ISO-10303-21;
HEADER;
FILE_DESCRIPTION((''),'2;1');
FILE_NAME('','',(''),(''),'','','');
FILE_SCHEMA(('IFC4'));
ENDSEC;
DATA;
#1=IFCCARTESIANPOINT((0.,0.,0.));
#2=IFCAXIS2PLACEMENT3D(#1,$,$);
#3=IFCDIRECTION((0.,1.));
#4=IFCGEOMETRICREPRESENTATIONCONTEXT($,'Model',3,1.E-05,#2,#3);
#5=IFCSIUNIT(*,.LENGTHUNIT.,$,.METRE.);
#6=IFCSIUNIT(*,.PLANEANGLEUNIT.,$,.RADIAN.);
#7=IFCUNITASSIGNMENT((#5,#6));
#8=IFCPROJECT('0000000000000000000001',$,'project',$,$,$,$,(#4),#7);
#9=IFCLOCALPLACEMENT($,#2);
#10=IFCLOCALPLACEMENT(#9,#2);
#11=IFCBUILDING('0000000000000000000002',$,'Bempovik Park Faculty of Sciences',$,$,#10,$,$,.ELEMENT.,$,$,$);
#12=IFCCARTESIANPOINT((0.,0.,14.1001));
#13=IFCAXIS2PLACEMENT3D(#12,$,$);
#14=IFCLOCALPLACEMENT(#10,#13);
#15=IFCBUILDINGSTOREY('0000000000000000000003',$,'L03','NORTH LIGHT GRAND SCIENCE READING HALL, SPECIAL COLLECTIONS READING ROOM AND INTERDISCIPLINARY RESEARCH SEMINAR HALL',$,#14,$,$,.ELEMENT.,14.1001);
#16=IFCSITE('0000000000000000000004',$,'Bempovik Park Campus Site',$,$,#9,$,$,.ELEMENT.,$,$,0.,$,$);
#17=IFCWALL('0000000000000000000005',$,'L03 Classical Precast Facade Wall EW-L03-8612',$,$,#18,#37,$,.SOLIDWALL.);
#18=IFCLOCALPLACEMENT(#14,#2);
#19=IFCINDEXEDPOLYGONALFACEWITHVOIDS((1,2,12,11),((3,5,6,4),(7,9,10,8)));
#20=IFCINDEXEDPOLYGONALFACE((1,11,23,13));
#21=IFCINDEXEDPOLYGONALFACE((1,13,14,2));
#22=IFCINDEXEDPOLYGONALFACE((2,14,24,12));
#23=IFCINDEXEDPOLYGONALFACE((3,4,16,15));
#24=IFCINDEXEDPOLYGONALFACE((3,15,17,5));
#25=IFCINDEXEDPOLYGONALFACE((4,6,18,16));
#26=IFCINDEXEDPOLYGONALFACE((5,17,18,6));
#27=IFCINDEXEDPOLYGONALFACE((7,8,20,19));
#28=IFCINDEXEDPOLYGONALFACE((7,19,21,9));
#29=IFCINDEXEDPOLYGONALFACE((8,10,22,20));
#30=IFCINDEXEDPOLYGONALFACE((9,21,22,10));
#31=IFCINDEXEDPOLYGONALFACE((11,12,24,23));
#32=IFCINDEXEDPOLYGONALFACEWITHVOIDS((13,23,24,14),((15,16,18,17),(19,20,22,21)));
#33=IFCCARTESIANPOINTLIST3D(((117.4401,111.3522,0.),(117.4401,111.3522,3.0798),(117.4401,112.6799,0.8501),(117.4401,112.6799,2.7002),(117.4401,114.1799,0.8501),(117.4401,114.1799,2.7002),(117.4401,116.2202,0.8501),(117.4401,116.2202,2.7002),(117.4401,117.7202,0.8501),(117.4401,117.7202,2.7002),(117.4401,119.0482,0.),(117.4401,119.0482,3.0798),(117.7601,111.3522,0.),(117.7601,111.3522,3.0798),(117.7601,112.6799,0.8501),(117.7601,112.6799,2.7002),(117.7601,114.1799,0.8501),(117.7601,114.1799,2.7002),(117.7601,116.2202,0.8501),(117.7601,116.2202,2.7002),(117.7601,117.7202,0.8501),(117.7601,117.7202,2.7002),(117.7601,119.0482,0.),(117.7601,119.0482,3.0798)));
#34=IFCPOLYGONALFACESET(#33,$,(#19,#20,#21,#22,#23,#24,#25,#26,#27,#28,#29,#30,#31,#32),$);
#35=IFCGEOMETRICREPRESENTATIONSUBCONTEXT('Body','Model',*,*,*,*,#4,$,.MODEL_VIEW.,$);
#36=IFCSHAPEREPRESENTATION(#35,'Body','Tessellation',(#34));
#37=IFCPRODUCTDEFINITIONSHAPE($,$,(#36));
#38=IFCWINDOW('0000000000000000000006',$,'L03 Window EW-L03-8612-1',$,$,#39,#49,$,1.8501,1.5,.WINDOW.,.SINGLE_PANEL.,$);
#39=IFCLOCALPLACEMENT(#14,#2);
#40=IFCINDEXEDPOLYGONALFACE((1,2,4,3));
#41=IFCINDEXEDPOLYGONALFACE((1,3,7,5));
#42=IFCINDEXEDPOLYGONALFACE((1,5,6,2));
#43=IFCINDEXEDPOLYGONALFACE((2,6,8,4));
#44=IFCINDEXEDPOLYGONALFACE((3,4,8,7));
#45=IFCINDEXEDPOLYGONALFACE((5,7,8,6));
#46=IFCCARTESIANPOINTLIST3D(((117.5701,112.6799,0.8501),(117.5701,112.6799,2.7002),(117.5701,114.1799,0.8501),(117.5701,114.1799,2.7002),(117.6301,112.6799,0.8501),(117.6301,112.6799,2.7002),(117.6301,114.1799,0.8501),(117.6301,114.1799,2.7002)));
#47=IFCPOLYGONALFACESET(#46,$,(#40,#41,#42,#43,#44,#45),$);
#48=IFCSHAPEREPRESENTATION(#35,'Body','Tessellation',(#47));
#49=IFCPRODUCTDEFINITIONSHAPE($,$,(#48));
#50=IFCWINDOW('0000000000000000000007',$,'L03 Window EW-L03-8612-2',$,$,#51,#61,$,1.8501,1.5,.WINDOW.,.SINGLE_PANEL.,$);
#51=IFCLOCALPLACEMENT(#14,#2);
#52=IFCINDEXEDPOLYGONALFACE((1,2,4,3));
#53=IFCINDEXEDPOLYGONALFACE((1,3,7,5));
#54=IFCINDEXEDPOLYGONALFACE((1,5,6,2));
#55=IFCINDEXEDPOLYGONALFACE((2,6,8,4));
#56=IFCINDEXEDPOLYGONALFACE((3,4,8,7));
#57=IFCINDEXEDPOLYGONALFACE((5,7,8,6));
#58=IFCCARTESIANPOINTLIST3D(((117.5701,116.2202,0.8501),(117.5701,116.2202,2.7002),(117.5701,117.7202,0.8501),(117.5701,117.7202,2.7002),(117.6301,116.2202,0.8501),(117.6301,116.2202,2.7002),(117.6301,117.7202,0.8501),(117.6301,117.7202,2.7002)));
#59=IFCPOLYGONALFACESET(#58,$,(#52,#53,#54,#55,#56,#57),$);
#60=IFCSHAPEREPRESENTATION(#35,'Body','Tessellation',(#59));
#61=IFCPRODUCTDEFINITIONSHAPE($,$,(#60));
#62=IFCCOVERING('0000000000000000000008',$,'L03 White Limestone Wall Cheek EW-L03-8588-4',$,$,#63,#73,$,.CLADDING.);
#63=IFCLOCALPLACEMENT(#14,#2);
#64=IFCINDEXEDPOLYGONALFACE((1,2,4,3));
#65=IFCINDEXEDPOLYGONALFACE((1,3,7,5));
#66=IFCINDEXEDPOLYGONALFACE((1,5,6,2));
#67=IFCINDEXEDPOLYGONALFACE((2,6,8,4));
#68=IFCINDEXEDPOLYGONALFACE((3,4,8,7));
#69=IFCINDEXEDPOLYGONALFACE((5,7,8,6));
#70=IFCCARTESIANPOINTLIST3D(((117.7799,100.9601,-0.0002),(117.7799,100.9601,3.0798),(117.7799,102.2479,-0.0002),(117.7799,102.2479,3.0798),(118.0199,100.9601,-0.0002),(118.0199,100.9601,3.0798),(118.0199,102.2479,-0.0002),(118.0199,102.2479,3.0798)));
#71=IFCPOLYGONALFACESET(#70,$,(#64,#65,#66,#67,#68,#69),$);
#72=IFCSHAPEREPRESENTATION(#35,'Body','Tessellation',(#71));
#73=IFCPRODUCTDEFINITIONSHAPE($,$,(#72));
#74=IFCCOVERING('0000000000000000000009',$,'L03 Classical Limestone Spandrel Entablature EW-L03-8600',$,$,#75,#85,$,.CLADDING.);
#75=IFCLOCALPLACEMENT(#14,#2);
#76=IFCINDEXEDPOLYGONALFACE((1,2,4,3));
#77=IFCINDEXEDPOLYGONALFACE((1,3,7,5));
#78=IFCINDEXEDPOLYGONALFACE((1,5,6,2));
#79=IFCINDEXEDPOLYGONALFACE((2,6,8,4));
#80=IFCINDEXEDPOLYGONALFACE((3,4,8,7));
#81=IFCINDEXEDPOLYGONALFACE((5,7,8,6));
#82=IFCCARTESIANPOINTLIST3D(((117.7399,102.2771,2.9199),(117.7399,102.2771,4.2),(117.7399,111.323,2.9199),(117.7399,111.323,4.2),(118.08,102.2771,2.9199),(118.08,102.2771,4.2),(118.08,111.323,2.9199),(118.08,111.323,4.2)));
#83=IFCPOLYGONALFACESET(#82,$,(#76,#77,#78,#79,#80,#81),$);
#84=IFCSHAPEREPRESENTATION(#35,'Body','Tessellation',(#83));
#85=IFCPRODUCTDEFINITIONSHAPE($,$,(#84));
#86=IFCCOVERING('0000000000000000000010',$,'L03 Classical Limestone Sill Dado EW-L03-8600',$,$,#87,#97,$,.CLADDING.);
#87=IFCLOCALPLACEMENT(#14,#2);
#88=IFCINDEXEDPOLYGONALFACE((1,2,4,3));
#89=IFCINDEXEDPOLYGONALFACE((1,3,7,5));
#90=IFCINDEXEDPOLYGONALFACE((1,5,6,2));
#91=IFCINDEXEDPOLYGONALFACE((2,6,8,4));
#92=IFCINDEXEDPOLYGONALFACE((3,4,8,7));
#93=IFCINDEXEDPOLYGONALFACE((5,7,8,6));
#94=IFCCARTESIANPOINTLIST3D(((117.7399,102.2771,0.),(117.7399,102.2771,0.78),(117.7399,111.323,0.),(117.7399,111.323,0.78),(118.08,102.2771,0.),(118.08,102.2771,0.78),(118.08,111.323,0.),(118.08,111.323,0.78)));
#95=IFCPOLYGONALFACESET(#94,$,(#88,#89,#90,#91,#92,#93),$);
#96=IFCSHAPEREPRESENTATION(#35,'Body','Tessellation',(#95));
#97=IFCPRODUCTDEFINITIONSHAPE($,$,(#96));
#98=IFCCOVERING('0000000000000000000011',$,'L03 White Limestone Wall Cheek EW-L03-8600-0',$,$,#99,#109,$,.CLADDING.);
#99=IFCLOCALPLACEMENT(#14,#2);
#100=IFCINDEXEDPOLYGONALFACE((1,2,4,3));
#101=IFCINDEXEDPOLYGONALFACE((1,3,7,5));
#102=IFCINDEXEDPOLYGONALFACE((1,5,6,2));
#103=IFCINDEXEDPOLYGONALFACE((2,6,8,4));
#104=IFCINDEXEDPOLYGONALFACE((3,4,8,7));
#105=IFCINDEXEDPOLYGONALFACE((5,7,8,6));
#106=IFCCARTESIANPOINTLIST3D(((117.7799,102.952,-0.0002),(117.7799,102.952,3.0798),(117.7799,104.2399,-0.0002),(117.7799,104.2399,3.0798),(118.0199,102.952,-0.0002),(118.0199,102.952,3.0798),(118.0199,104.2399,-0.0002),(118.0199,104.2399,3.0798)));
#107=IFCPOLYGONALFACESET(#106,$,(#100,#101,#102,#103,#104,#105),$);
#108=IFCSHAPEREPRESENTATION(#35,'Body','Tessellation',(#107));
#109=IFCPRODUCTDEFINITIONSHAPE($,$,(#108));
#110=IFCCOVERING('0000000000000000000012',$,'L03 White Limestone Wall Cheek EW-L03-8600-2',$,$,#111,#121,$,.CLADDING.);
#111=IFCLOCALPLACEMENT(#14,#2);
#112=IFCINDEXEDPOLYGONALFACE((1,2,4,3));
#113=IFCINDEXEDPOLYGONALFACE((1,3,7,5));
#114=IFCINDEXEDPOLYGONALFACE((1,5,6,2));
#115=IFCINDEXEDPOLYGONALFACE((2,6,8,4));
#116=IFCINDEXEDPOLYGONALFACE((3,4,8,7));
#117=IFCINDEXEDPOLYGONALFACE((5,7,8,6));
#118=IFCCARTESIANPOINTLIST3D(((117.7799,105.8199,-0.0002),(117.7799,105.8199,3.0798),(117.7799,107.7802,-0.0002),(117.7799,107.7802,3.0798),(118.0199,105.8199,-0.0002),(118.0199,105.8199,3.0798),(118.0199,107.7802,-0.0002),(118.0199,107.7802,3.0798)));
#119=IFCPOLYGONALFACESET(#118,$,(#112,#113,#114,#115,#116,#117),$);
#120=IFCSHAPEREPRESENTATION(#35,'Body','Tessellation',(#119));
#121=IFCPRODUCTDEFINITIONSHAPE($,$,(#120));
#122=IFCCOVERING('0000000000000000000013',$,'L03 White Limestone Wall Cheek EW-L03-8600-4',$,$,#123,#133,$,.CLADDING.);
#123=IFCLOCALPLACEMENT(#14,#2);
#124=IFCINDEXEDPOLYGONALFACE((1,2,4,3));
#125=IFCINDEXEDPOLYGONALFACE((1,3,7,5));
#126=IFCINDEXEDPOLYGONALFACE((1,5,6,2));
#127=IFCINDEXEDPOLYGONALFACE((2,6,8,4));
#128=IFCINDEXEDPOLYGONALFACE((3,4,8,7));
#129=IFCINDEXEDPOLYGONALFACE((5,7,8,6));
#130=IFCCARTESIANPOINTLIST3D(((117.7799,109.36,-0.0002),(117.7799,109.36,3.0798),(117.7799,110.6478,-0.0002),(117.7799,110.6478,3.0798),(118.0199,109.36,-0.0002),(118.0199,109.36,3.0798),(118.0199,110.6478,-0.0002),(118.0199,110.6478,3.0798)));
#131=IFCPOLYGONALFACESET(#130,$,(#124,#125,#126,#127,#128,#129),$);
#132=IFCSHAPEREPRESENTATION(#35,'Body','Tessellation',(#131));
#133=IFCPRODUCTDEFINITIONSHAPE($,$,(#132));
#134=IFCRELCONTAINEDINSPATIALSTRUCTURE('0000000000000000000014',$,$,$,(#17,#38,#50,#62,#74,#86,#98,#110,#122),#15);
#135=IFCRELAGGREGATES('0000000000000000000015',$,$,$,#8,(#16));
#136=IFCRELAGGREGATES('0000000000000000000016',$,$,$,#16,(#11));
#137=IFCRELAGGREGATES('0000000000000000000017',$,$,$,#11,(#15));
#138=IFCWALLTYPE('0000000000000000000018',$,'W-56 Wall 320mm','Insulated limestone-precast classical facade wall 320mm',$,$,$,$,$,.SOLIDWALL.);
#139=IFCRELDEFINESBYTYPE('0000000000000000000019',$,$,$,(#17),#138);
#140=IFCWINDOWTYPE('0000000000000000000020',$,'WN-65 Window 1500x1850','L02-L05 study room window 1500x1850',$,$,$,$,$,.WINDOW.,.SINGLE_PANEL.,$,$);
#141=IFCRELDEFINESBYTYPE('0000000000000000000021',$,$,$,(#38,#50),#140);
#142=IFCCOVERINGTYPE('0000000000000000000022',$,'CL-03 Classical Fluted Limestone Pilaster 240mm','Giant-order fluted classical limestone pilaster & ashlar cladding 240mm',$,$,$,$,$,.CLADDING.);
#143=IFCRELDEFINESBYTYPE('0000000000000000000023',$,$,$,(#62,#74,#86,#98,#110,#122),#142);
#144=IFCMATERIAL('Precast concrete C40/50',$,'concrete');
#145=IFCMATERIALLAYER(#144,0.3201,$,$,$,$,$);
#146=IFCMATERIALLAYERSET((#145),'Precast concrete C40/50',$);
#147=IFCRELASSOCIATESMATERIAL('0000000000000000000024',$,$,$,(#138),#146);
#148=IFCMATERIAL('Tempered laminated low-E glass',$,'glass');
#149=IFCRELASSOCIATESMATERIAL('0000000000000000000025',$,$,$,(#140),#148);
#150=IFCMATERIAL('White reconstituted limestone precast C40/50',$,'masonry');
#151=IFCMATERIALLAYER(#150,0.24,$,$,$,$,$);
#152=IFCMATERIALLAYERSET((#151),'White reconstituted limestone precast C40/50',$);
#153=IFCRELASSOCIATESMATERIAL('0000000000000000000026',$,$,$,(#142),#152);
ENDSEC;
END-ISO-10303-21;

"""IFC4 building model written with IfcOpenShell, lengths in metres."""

from ifc_helpers import new_model, si_unit, direction, frame, frame_2d, origin, origin_2d, place, context, subcontext, project, spatial, rectangle, extrude, material, layer, layer_set, type_object, element, fill, save


model = new_model("IFC4")

# Units and contexts
model_context = context("Model", 3, precision=1e-05, world=origin(), true_north=direction((0.0, 1.0)))
body_context = subcontext(model_context, "Body", "Model", "MODEL_VIEW")
ifc_project = project(units=[si_unit("LENGTHUNIT", "METRE"), si_unit("PLANEANGLEUNIT", "RADIAN")], contexts=[model_context])

# Site, building, storey
site_placement = place(None, origin())
site = spatial("IfcSite", under=ifc_project, at=site_placement, Name="Bempovik Park Campus Site", CompositionType="ELEMENT", RefElevation=0.0)
building_placement = place(site_placement, origin())
building = spatial("IfcBuilding", under=site, at=building_placement, Name="Bempovik Park Faculty of Sciences", CompositionType="ELEMENT")
storey_placement = place(building_placement, frame((0.0, 0.0, 14.1001)))
storey = spatial("IfcBuildingStorey", under=building, at=storey_placement, Name="L03", Description="NORTH LIGHT GRAND SCIENCE READING HALL, SPECIAL COLLECTIONS READING ROOM AND INTERDISCIPLINARY RESEARCH SEMINAR HALL", CompositionType="ELEMENT", Elevation=14.1001)

# Wall, openings, windows
ifc_material_1 = material(Name="Precast concrete C40/50", Category="concrete")
ifc_layer_1 = layer(ifc_material_1, 0.3201)
ifc_layer_set_1 = layer_set([ifc_layer_1], Name="Precast concrete C40/50")
wall_type = type_object("IfcWallType", Name="W-56 Wall 320mm", Description="Insulated limestone-precast classical facade wall 320mm", PredefinedType="SOLIDWALL", material=ifc_layer_set_1)
ifc_material_2 = material(Name="Tempered laminated low-E glass", Category="glass")
window_type = type_object("IfcWindowType", Name="WN-65 Window 1500x1850", Description="L02-L05 study room window 1500x1850", PartitioningType="SINGLE_PANEL", PredefinedType="WINDOW", material=ifc_material_2)
wall_1_placement = place(storey_placement, frame((117.6001, 111.3521, 0.0), z_axis=(0.0, 0.0, 1.0), x_axis=(0.0, 1.0, 0.0)))
wall_1 = element("IfcWall", 1, at=wall_1_placement, inside=storey, type_object=wall_type, Name="L03 Classical Precast Facade Wall EW-L03-8612", PredefinedType="SOLIDWALL", context=body_context, shape_type="SweptSolid", body=[
    extrude(rectangle(XDim=7.696, YDim=0.3201, at=frame_2d((3.8481, 0.0))), origin(), (0.0, 0.0, 1.0), 3.0798),
])
opening_1_placement = place(wall_1_placement, frame((1.3279, 0.0, 0.8501)))
opening_1 = element("IfcOpeningElement", 2, at=opening_1_placement, cuts=wall_1, PredefinedType="OPENING", context=body_context, shape_type="SweptSolid", body=[
    extrude(rectangle(XDim=1.5, YDim=1.8501, at=frame_2d((0.75, 0.925))), frame((0.0, 0.1699, 0.0), z_axis=(0.0, -1.0, 0.0), x_axis=(1.0, 0.0, 0.0)), (0.0, 0.0, 1.0), 0.3401),
])
opening_2_placement = place(wall_1_placement, frame((4.8682, 0.0, 0.8501)))
opening_2 = element("IfcOpeningElement", 3, at=opening_2_placement, cuts=wall_1, PredefinedType="OPENING", context=body_context, shape_type="SweptSolid", body=[
    extrude(rectangle(XDim=1.5, YDim=1.8501, at=frame_2d((0.75, 0.925))), frame((0.0, 0.1699, 0.0), z_axis=(0.0, -1.0, 0.0), x_axis=(1.0, 0.0, 0.0)), (0.0, 0.0, 1.0), 0.3401),
])
window_1_placement = place(opening_1_placement, origin())
window_1 = element("IfcWindow", 4, at=window_1_placement, inside=storey, type_object=window_type, Name="L03 Window EW-L03-8612-1", OverallHeight=1.8501, OverallWidth=1.5, PartitioningType="SINGLE_PANEL", PredefinedType="WINDOW", context=body_context, shape_type="SweptSolid", body=[
    extrude(rectangle(XDim=1.5, YDim=1.8501, at=frame_2d((0.75, 0.925))), frame((0.0, 0.03, 0.0), z_axis=(0.0, -1.0, 0.0), x_axis=(1.0, 0.0, 0.0)), (0.0, 0.0, 1.0), 0.0601),
])
fill(opening_1, window_1)
window_2_placement = place(opening_2_placement, origin())
window_2 = element("IfcWindow", 5, at=window_2_placement, inside=storey, type_object=window_type, Name="L03 Window EW-L03-8612-2", OverallHeight=1.8501, OverallWidth=1.5, PartitioningType="SINGLE_PANEL", PredefinedType="WINDOW", context=body_context, shape_type="SweptSolid", body=[
    extrude(rectangle(XDim=1.5, YDim=1.8501, at=frame_2d((0.75, 0.925))), frame((0.0, 0.03, 0.0), z_axis=(0.0, -1.0, 0.0), x_axis=(1.0, 0.0, 0.0)), (0.0, 0.0, 1.0), 0.0601),
])
fill(opening_2, window_2)

# Coverings
ifc_material_3 = material(Name="White reconstituted limestone precast C40/50", Category="masonry")
ifc_layer_2 = layer(ifc_material_3, 0.24)
ifc_layer_set_2 = layer_set([ifc_layer_2], Name="White reconstituted limestone precast C40/50")
covering_type = type_object("IfcCoveringType", Name="CL-03 Classical Fluted Limestone Pilaster 240mm", Description="Giant-order fluted classical limestone pilaster & ashlar cladding 240mm", PredefinedType="CLADDING", material=ifc_layer_set_2)
covering_1_placement = place(storey_placement, frame((117.8999, 101.604, -0.0002), z_axis=(0.0, 0.0, 1.0), x_axis=(1.0, 0.0, 0.0)))
element("IfcCovering", 6, at=covering_1_placement, inside=storey, type_object=covering_type, Name="L03 White Limestone Wall Cheek EW-L03-8588-4", PredefinedType="CLADDING", context=body_context, shape_type="SweptSolid", body=[
    extrude(rectangle(XDim=0.24, YDim=1.2878, at=origin_2d()), origin(), (0.0, 0.0, 1.0), 3.0801),
])
covering_2_placement = place(storey_placement, frame((117.9099, 106.8, 2.9199), z_axis=(0.0, 0.0, 1.0), x_axis=(1.0, 0.0, 0.0)))
element("IfcCovering", 7, at=covering_2_placement, inside=storey, type_object=covering_type, Name="L03 Classical Limestone Spandrel Entablature EW-L03-8600", PredefinedType="CLADDING", context=body_context, shape_type="SweptSolid", body=[
    extrude(rectangle(XDim=0.3401, YDim=9.0459, at=origin_2d()), origin(), (0.0, 0.0, 1.0), 1.28),
])
covering_3_placement = place(storey_placement, frame((117.9099, 106.8, 0.0), z_axis=(0.0, 0.0, 1.0), x_axis=(1.0, 0.0, 0.0)))
element("IfcCovering", 8, at=covering_3_placement, inside=storey, type_object=covering_type, Name="L03 Classical Limestone Sill Dado EW-L03-8600", PredefinedType="CLADDING", context=body_context, shape_type="SweptSolid", body=[
    extrude(rectangle(XDim=0.3401, YDim=9.0459, at=origin_2d()), origin(), (0.0, 0.0, 1.0), 0.78),
])
covering_4_placement = place(storey_placement, frame((117.8999, 103.5959, -0.0002), z_axis=(0.0, 0.0, 1.0), x_axis=(1.0, 0.0, 0.0)))
element("IfcCovering", 9, at=covering_4_placement, inside=storey, type_object=covering_type, Name="L03 White Limestone Wall Cheek EW-L03-8600-0", PredefinedType="CLADDING", context=body_context, shape_type="SweptSolid", body=[
    extrude(rectangle(XDim=0.24, YDim=1.2878, at=origin_2d()), origin(), (0.0, 0.0, 1.0), 3.0801),
])
covering_5_placement = place(storey_placement, frame((117.8999, 106.8, -0.0002), z_axis=(0.0, 0.0, 1.0), x_axis=(1.0, 0.0, 0.0)))
element("IfcCovering", 10, at=covering_5_placement, inside=storey, type_object=covering_type, Name="L03 White Limestone Wall Cheek EW-L03-8600-2", PredefinedType="CLADDING", context=body_context, shape_type="SweptSolid", body=[
    extrude(rectangle(XDim=0.24, YDim=1.9602, at=origin_2d()), origin(), (0.0, 0.0, 1.0), 3.0801),
])
covering_6_placement = place(storey_placement, frame((117.8999, 110.0039, -0.0002), z_axis=(0.0, 0.0, 1.0), x_axis=(1.0, 0.0, 0.0)))
element("IfcCovering", 11, at=covering_6_placement, inside=storey, type_object=covering_type, Name="L03 White Limestone Wall Cheek EW-L03-8600-4", PredefinedType="CLADDING", context=body_context, shape_type="SweptSolid", body=[
    extrude(rectangle(XDim=0.24, YDim=1.2878, at=origin_2d()), origin(), (0.0, 0.0, 1.0), 3.0801),
])

save(model, "model.ifc")
